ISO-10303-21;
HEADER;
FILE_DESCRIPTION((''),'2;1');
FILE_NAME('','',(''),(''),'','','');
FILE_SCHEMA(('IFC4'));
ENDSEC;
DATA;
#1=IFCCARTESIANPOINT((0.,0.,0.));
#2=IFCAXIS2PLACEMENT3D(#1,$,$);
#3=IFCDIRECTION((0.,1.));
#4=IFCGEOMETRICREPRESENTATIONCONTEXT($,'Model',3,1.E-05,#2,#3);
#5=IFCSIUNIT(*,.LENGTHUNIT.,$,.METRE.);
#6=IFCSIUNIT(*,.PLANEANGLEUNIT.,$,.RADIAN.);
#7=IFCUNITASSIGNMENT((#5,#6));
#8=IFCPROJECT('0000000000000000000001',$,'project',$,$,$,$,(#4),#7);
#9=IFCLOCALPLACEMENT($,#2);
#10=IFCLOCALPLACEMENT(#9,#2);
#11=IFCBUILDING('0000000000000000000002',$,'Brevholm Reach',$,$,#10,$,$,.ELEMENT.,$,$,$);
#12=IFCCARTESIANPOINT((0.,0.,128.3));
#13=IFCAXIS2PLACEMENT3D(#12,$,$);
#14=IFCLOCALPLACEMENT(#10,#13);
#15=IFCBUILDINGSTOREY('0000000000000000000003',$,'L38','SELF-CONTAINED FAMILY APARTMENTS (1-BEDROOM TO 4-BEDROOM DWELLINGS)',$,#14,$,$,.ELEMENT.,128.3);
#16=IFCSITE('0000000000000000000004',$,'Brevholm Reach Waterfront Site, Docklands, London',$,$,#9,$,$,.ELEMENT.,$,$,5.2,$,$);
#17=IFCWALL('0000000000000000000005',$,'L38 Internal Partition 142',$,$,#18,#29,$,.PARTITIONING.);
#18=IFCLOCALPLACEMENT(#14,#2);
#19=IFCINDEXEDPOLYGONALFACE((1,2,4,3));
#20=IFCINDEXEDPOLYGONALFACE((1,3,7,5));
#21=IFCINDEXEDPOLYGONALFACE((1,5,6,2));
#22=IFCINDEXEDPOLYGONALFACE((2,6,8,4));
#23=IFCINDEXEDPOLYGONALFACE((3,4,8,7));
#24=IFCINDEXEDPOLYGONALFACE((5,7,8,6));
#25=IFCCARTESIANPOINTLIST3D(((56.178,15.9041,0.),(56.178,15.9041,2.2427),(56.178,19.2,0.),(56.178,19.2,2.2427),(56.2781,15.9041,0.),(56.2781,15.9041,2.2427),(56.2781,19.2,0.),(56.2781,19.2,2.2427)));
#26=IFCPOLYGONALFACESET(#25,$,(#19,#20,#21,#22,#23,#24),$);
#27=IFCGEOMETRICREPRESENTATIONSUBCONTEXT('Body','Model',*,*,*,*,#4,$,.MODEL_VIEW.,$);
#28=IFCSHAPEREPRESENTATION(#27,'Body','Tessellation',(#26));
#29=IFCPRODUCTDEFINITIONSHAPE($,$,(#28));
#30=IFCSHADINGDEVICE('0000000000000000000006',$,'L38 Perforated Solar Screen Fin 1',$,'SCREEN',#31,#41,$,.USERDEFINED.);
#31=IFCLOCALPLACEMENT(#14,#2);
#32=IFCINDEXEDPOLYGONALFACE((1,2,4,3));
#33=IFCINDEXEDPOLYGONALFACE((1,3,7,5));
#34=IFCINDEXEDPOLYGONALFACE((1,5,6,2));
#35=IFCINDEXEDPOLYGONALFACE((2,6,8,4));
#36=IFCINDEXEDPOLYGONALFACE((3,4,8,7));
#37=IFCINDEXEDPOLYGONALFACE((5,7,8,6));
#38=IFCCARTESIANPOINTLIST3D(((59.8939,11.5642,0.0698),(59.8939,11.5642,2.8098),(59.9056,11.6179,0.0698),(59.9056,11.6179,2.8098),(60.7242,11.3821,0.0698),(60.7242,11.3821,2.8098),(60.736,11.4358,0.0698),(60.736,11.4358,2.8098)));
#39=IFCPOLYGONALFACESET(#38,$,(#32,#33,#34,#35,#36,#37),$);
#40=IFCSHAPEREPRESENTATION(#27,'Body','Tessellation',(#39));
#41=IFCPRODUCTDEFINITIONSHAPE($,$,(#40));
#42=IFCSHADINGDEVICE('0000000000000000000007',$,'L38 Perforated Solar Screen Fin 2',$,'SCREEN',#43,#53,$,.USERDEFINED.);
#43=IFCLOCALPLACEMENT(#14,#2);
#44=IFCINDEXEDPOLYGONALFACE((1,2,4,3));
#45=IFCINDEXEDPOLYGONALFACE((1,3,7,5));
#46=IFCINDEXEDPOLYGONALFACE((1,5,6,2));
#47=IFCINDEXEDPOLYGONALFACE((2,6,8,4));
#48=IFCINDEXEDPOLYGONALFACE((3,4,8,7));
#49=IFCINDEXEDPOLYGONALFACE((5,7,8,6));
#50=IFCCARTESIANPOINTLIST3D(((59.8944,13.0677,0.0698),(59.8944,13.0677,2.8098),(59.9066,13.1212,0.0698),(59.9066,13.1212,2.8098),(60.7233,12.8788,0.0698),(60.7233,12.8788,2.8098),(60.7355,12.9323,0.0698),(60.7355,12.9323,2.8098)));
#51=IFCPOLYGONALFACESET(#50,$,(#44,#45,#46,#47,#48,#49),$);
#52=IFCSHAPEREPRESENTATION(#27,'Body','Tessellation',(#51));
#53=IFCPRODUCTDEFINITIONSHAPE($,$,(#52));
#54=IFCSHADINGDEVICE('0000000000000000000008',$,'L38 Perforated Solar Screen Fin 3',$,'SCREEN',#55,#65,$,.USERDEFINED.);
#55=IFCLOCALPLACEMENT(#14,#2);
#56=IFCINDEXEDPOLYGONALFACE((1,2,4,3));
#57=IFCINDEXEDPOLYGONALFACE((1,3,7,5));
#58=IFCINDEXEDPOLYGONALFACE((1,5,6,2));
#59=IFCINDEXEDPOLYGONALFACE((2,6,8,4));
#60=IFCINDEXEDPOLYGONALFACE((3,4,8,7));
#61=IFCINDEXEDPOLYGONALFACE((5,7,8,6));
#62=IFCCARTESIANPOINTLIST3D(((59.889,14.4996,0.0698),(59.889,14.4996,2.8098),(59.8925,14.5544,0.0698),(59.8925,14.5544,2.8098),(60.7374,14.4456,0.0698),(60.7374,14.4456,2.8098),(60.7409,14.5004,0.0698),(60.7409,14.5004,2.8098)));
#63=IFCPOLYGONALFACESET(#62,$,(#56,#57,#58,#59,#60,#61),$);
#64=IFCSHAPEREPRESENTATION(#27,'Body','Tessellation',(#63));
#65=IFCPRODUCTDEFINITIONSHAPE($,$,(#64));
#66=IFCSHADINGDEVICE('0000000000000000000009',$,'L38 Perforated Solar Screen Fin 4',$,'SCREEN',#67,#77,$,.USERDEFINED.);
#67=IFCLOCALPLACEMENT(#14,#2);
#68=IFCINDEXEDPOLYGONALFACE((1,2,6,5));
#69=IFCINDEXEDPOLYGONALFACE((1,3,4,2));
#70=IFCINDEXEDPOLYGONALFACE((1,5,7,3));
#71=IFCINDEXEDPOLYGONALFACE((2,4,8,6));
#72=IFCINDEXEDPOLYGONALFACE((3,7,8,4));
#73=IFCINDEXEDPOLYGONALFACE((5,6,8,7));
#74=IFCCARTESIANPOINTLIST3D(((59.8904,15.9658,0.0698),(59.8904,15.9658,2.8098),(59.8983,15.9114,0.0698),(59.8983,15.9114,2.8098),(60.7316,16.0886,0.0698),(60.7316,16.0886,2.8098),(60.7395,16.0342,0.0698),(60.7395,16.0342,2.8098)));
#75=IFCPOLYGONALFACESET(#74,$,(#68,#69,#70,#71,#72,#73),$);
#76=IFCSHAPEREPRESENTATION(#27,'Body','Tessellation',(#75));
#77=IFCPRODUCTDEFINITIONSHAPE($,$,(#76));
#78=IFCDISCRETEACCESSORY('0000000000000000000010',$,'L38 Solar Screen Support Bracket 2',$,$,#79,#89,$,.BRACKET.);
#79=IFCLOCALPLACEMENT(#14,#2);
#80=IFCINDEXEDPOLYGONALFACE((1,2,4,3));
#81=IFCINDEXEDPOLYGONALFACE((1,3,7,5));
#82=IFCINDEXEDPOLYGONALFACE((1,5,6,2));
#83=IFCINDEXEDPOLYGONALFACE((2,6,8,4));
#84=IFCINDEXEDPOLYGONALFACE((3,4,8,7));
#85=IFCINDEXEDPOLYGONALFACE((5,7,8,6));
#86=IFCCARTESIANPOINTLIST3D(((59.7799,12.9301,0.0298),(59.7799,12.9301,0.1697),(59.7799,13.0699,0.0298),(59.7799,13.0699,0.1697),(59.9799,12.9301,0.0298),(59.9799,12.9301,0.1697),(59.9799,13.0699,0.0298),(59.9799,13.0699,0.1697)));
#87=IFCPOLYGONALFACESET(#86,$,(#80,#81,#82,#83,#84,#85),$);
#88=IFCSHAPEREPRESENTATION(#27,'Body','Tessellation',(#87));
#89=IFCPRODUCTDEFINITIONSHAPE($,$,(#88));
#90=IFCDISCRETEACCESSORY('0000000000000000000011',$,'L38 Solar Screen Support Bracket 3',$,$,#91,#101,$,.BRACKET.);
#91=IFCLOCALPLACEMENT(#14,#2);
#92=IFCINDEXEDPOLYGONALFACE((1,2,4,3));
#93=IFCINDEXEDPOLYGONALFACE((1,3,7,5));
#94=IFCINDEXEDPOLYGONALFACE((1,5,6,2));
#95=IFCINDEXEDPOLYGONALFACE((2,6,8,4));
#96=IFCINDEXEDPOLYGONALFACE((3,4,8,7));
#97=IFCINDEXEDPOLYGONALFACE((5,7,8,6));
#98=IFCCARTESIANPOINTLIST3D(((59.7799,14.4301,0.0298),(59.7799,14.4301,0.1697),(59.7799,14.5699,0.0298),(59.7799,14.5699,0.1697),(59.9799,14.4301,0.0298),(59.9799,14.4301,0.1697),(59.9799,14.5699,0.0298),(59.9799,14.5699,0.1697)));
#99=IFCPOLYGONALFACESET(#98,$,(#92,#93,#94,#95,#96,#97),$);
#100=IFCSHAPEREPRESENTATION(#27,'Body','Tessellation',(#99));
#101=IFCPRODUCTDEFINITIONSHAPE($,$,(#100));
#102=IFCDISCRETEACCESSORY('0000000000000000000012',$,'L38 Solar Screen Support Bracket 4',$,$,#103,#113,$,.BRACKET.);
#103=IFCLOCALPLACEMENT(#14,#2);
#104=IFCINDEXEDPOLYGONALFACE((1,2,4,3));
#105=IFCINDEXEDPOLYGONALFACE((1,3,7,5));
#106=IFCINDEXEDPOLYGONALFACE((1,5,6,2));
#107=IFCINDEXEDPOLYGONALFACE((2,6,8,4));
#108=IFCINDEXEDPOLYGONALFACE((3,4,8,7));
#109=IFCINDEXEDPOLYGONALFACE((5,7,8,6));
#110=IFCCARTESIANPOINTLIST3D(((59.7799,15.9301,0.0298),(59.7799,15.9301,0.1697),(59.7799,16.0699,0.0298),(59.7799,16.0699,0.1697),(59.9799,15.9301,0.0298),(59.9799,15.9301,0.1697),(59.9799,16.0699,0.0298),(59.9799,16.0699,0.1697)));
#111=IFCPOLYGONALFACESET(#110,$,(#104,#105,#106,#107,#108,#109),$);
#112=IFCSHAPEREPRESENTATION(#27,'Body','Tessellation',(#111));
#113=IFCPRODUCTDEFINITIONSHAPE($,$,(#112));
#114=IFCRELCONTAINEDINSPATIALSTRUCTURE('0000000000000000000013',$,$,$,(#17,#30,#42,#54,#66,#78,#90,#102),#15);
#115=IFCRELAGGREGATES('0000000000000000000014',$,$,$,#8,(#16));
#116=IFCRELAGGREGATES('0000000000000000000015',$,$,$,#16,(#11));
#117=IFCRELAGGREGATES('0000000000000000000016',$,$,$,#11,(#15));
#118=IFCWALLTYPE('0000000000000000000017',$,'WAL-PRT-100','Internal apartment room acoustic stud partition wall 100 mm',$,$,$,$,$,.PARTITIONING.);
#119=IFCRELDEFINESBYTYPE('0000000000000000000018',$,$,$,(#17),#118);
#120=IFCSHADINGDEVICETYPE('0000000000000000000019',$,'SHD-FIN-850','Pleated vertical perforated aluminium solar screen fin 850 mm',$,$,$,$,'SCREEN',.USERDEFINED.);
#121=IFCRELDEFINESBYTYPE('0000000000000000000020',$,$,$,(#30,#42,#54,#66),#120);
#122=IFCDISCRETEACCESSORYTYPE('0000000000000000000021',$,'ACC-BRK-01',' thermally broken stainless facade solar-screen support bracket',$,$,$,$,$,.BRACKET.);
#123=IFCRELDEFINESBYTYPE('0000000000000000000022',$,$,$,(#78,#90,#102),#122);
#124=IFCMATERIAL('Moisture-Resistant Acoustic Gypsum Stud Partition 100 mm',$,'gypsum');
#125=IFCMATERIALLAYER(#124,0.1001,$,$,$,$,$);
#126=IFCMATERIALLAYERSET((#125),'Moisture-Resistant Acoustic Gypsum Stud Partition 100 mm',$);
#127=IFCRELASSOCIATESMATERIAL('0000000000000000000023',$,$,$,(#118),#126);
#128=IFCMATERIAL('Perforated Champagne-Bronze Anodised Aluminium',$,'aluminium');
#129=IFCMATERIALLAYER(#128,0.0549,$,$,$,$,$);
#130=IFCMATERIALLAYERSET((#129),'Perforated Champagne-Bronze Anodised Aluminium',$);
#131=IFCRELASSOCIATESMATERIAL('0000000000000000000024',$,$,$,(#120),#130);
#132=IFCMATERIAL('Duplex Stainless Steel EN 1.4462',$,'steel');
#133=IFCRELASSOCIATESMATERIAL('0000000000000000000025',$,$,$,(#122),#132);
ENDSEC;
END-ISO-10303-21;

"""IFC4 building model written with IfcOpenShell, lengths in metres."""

from ifc_helpers import new_model, si_unit, direction, frame, frame_2d, origin, origin_2d, place, context, subcontext, project, spatial, rectangle, extrude, material, layer, layer_set, type_object, element, save


model = new_model("IFC4")

# Units and contexts
model_context = context("Model", 3, precision=1e-05, world=origin(), true_north=direction((0.0, 1.0)))
body_context = subcontext(model_context, "Body", "Model", "MODEL_VIEW")
ifc_project = project(units=[si_unit("LENGTHUNIT", "METRE"), si_unit("PLANEANGLEUNIT", "RADIAN")], contexts=[model_context])

# Site, building, storey
site_placement = place(None, origin())
site = spatial("IfcSite", under=ifc_project, at=site_placement, Name="Brevholm Reach Waterfront Site, Docklands, London", CompositionType="ELEMENT", RefElevation=5.2)
building_placement = place(site_placement, origin())
building = spatial("IfcBuilding", under=site, at=building_placement, Name="Brevholm Reach", CompositionType="ELEMENT")
storey_placement = place(building_placement, frame((0.0, 0.0, 128.3)))
storey = spatial("IfcBuildingStorey", under=building, at=storey_placement, Name="L38", Description="SELF-CONTAINED FAMILY APARTMENTS (1-BEDROOM TO 4-BEDROOM DWELLINGS)", CompositionType="ELEMENT", Elevation=128.3)

# Wall
ifc_material_1 = material(Name="Moisture-Resistant Acoustic Gypsum Stud Partition 100 mm", Category="gypsum")
ifc_layer_1 = layer(ifc_material_1, 0.1001)
ifc_layer_set_1 = layer_set([ifc_layer_1], Name="Moisture-Resistant Acoustic Gypsum Stud Partition 100 mm")
wall_type = type_object("IfcWallType", Name="WAL-PRT-100", Description="Internal apartment room acoustic stud partition wall 100 mm", PredefinedType="PARTITIONING", material=ifc_layer_set_1)
wall_placement = place(storey_placement, frame((56.228, 15.9041, 0.0), z_axis=(0.0, 0.0, 1.0), x_axis=(0.0, 1.0, 0.0)))
element("IfcWall", 1, at=wall_placement, inside=storey, type_object=wall_type, Name="L38 Internal Partition 142", PredefinedType="PARTITIONING", context=body_context, shape_type="SweptSolid", body=[
    extrude(rectangle(XDim=3.2959, YDim=0.1001, at=frame_2d((1.6479, 0.0))), origin(), (0.0, 0.0, 1.0), 2.2427),
])

# Shading devices
ifc_material_2 = material(Name="Perforated Champagne-Bronze Anodised Aluminium", Category="aluminium")
ifc_layer_2 = layer(ifc_material_2, 0.0549)
ifc_layer_set_2 = layer_set([ifc_layer_2], Name="Perforated Champagne-Bronze Anodised Aluminium")
shading_device_type = type_object("IfcShadingDeviceType", Name="SHD-FIN-850", Description="Pleated vertical perforated aluminium solar screen fin 850 mm", ElementType="SCREEN", PredefinedType="USERDEFINED", material=ifc_layer_set_2)
for number, where, z_axis, x_axis, name in (
    (2, (60.3149, 11.5, 0.0698), (0.0, 0.0, 1.0), (0.976781, -0.214241, 0.0), "L38 Perforated Solar Screen Fin 1"),
    (3, (60.3149, 13.0, 0.0698), (0.0, 0.0, 1.0), (0.975006, -0.222178, 0.0), "L38 Perforated Solar Screen Fin 2"),
    (4, (60.3149, 14.5, 0.0698), (0.0, 0.0, 1.0), (0.997986, -0.063435, 0.0), "L38 Perforated Solar Screen Fin 3"),
    (5, (60.3149, 16.0, 0.0698), (0.0, 0.0, 1.0), (0.989518, 0.144408, 0.0), "L38 Perforated Solar Screen Fin 4"),
):
    element("IfcShadingDevice", number, at=place(storey_placement, frame(where, z_axis=z_axis, x_axis=x_axis)), inside=storey, type_object=shading_device_type, Name=name, ObjectType="SCREEN", PredefinedType="USERDEFINED", context=body_context, shape_type="SweptSolid", body=[
        extrude(rectangle(XDim=0.8501, YDim=0.0549, at=origin_2d()), origin(), (0.0, 0.0, 1.0), 2.74),
    ])

# Discrete accessories
ifc_material_3 = material(Name="Duplex Stainless Steel EN 1.4462", Category="steel")
discrete_accessory_type = type_object("IfcDiscreteAccessoryType", Name="ACC-BRK-01", Description=" thermally broken stainless facade solar-screen support bracket", PredefinedType="BRACKET", material=ifc_material_3)
for number, where, z_axis, x_axis, name in (
    (6, (59.8799, 13.0, 0.0298), (0.0, 0.0, 1.0), (1.0, 0.0, 0.0), "L38 Solar Screen Support Bracket 2"),
    (7, (59.8799, 14.5, 0.0298), (0.0, 0.0, 1.0), (1.0, 0.0, 0.0), "L38 Solar Screen Support Bracket 3"),
    (8, (59.8799, 16.0, 0.0298), (0.0, 0.0, 1.0), (1.0, 0.0, 0.0), "L38 Solar Screen Support Bracket 4"),
):
    element("IfcDiscreteAccessory", number, at=place(storey_placement, frame(where, z_axis=z_axis, x_axis=x_axis)), inside=storey, type_object=discrete_accessory_type, Name=name, PredefinedType="BRACKET", context=body_context, shape_type="SweptSolid", body=[
        extrude(rectangle(XDim=0.2, YDim=0.1399, at=origin_2d()), origin(), (0.0, 0.0, 1.0), 0.1399),
    ])

save(model, "model.ifc")
